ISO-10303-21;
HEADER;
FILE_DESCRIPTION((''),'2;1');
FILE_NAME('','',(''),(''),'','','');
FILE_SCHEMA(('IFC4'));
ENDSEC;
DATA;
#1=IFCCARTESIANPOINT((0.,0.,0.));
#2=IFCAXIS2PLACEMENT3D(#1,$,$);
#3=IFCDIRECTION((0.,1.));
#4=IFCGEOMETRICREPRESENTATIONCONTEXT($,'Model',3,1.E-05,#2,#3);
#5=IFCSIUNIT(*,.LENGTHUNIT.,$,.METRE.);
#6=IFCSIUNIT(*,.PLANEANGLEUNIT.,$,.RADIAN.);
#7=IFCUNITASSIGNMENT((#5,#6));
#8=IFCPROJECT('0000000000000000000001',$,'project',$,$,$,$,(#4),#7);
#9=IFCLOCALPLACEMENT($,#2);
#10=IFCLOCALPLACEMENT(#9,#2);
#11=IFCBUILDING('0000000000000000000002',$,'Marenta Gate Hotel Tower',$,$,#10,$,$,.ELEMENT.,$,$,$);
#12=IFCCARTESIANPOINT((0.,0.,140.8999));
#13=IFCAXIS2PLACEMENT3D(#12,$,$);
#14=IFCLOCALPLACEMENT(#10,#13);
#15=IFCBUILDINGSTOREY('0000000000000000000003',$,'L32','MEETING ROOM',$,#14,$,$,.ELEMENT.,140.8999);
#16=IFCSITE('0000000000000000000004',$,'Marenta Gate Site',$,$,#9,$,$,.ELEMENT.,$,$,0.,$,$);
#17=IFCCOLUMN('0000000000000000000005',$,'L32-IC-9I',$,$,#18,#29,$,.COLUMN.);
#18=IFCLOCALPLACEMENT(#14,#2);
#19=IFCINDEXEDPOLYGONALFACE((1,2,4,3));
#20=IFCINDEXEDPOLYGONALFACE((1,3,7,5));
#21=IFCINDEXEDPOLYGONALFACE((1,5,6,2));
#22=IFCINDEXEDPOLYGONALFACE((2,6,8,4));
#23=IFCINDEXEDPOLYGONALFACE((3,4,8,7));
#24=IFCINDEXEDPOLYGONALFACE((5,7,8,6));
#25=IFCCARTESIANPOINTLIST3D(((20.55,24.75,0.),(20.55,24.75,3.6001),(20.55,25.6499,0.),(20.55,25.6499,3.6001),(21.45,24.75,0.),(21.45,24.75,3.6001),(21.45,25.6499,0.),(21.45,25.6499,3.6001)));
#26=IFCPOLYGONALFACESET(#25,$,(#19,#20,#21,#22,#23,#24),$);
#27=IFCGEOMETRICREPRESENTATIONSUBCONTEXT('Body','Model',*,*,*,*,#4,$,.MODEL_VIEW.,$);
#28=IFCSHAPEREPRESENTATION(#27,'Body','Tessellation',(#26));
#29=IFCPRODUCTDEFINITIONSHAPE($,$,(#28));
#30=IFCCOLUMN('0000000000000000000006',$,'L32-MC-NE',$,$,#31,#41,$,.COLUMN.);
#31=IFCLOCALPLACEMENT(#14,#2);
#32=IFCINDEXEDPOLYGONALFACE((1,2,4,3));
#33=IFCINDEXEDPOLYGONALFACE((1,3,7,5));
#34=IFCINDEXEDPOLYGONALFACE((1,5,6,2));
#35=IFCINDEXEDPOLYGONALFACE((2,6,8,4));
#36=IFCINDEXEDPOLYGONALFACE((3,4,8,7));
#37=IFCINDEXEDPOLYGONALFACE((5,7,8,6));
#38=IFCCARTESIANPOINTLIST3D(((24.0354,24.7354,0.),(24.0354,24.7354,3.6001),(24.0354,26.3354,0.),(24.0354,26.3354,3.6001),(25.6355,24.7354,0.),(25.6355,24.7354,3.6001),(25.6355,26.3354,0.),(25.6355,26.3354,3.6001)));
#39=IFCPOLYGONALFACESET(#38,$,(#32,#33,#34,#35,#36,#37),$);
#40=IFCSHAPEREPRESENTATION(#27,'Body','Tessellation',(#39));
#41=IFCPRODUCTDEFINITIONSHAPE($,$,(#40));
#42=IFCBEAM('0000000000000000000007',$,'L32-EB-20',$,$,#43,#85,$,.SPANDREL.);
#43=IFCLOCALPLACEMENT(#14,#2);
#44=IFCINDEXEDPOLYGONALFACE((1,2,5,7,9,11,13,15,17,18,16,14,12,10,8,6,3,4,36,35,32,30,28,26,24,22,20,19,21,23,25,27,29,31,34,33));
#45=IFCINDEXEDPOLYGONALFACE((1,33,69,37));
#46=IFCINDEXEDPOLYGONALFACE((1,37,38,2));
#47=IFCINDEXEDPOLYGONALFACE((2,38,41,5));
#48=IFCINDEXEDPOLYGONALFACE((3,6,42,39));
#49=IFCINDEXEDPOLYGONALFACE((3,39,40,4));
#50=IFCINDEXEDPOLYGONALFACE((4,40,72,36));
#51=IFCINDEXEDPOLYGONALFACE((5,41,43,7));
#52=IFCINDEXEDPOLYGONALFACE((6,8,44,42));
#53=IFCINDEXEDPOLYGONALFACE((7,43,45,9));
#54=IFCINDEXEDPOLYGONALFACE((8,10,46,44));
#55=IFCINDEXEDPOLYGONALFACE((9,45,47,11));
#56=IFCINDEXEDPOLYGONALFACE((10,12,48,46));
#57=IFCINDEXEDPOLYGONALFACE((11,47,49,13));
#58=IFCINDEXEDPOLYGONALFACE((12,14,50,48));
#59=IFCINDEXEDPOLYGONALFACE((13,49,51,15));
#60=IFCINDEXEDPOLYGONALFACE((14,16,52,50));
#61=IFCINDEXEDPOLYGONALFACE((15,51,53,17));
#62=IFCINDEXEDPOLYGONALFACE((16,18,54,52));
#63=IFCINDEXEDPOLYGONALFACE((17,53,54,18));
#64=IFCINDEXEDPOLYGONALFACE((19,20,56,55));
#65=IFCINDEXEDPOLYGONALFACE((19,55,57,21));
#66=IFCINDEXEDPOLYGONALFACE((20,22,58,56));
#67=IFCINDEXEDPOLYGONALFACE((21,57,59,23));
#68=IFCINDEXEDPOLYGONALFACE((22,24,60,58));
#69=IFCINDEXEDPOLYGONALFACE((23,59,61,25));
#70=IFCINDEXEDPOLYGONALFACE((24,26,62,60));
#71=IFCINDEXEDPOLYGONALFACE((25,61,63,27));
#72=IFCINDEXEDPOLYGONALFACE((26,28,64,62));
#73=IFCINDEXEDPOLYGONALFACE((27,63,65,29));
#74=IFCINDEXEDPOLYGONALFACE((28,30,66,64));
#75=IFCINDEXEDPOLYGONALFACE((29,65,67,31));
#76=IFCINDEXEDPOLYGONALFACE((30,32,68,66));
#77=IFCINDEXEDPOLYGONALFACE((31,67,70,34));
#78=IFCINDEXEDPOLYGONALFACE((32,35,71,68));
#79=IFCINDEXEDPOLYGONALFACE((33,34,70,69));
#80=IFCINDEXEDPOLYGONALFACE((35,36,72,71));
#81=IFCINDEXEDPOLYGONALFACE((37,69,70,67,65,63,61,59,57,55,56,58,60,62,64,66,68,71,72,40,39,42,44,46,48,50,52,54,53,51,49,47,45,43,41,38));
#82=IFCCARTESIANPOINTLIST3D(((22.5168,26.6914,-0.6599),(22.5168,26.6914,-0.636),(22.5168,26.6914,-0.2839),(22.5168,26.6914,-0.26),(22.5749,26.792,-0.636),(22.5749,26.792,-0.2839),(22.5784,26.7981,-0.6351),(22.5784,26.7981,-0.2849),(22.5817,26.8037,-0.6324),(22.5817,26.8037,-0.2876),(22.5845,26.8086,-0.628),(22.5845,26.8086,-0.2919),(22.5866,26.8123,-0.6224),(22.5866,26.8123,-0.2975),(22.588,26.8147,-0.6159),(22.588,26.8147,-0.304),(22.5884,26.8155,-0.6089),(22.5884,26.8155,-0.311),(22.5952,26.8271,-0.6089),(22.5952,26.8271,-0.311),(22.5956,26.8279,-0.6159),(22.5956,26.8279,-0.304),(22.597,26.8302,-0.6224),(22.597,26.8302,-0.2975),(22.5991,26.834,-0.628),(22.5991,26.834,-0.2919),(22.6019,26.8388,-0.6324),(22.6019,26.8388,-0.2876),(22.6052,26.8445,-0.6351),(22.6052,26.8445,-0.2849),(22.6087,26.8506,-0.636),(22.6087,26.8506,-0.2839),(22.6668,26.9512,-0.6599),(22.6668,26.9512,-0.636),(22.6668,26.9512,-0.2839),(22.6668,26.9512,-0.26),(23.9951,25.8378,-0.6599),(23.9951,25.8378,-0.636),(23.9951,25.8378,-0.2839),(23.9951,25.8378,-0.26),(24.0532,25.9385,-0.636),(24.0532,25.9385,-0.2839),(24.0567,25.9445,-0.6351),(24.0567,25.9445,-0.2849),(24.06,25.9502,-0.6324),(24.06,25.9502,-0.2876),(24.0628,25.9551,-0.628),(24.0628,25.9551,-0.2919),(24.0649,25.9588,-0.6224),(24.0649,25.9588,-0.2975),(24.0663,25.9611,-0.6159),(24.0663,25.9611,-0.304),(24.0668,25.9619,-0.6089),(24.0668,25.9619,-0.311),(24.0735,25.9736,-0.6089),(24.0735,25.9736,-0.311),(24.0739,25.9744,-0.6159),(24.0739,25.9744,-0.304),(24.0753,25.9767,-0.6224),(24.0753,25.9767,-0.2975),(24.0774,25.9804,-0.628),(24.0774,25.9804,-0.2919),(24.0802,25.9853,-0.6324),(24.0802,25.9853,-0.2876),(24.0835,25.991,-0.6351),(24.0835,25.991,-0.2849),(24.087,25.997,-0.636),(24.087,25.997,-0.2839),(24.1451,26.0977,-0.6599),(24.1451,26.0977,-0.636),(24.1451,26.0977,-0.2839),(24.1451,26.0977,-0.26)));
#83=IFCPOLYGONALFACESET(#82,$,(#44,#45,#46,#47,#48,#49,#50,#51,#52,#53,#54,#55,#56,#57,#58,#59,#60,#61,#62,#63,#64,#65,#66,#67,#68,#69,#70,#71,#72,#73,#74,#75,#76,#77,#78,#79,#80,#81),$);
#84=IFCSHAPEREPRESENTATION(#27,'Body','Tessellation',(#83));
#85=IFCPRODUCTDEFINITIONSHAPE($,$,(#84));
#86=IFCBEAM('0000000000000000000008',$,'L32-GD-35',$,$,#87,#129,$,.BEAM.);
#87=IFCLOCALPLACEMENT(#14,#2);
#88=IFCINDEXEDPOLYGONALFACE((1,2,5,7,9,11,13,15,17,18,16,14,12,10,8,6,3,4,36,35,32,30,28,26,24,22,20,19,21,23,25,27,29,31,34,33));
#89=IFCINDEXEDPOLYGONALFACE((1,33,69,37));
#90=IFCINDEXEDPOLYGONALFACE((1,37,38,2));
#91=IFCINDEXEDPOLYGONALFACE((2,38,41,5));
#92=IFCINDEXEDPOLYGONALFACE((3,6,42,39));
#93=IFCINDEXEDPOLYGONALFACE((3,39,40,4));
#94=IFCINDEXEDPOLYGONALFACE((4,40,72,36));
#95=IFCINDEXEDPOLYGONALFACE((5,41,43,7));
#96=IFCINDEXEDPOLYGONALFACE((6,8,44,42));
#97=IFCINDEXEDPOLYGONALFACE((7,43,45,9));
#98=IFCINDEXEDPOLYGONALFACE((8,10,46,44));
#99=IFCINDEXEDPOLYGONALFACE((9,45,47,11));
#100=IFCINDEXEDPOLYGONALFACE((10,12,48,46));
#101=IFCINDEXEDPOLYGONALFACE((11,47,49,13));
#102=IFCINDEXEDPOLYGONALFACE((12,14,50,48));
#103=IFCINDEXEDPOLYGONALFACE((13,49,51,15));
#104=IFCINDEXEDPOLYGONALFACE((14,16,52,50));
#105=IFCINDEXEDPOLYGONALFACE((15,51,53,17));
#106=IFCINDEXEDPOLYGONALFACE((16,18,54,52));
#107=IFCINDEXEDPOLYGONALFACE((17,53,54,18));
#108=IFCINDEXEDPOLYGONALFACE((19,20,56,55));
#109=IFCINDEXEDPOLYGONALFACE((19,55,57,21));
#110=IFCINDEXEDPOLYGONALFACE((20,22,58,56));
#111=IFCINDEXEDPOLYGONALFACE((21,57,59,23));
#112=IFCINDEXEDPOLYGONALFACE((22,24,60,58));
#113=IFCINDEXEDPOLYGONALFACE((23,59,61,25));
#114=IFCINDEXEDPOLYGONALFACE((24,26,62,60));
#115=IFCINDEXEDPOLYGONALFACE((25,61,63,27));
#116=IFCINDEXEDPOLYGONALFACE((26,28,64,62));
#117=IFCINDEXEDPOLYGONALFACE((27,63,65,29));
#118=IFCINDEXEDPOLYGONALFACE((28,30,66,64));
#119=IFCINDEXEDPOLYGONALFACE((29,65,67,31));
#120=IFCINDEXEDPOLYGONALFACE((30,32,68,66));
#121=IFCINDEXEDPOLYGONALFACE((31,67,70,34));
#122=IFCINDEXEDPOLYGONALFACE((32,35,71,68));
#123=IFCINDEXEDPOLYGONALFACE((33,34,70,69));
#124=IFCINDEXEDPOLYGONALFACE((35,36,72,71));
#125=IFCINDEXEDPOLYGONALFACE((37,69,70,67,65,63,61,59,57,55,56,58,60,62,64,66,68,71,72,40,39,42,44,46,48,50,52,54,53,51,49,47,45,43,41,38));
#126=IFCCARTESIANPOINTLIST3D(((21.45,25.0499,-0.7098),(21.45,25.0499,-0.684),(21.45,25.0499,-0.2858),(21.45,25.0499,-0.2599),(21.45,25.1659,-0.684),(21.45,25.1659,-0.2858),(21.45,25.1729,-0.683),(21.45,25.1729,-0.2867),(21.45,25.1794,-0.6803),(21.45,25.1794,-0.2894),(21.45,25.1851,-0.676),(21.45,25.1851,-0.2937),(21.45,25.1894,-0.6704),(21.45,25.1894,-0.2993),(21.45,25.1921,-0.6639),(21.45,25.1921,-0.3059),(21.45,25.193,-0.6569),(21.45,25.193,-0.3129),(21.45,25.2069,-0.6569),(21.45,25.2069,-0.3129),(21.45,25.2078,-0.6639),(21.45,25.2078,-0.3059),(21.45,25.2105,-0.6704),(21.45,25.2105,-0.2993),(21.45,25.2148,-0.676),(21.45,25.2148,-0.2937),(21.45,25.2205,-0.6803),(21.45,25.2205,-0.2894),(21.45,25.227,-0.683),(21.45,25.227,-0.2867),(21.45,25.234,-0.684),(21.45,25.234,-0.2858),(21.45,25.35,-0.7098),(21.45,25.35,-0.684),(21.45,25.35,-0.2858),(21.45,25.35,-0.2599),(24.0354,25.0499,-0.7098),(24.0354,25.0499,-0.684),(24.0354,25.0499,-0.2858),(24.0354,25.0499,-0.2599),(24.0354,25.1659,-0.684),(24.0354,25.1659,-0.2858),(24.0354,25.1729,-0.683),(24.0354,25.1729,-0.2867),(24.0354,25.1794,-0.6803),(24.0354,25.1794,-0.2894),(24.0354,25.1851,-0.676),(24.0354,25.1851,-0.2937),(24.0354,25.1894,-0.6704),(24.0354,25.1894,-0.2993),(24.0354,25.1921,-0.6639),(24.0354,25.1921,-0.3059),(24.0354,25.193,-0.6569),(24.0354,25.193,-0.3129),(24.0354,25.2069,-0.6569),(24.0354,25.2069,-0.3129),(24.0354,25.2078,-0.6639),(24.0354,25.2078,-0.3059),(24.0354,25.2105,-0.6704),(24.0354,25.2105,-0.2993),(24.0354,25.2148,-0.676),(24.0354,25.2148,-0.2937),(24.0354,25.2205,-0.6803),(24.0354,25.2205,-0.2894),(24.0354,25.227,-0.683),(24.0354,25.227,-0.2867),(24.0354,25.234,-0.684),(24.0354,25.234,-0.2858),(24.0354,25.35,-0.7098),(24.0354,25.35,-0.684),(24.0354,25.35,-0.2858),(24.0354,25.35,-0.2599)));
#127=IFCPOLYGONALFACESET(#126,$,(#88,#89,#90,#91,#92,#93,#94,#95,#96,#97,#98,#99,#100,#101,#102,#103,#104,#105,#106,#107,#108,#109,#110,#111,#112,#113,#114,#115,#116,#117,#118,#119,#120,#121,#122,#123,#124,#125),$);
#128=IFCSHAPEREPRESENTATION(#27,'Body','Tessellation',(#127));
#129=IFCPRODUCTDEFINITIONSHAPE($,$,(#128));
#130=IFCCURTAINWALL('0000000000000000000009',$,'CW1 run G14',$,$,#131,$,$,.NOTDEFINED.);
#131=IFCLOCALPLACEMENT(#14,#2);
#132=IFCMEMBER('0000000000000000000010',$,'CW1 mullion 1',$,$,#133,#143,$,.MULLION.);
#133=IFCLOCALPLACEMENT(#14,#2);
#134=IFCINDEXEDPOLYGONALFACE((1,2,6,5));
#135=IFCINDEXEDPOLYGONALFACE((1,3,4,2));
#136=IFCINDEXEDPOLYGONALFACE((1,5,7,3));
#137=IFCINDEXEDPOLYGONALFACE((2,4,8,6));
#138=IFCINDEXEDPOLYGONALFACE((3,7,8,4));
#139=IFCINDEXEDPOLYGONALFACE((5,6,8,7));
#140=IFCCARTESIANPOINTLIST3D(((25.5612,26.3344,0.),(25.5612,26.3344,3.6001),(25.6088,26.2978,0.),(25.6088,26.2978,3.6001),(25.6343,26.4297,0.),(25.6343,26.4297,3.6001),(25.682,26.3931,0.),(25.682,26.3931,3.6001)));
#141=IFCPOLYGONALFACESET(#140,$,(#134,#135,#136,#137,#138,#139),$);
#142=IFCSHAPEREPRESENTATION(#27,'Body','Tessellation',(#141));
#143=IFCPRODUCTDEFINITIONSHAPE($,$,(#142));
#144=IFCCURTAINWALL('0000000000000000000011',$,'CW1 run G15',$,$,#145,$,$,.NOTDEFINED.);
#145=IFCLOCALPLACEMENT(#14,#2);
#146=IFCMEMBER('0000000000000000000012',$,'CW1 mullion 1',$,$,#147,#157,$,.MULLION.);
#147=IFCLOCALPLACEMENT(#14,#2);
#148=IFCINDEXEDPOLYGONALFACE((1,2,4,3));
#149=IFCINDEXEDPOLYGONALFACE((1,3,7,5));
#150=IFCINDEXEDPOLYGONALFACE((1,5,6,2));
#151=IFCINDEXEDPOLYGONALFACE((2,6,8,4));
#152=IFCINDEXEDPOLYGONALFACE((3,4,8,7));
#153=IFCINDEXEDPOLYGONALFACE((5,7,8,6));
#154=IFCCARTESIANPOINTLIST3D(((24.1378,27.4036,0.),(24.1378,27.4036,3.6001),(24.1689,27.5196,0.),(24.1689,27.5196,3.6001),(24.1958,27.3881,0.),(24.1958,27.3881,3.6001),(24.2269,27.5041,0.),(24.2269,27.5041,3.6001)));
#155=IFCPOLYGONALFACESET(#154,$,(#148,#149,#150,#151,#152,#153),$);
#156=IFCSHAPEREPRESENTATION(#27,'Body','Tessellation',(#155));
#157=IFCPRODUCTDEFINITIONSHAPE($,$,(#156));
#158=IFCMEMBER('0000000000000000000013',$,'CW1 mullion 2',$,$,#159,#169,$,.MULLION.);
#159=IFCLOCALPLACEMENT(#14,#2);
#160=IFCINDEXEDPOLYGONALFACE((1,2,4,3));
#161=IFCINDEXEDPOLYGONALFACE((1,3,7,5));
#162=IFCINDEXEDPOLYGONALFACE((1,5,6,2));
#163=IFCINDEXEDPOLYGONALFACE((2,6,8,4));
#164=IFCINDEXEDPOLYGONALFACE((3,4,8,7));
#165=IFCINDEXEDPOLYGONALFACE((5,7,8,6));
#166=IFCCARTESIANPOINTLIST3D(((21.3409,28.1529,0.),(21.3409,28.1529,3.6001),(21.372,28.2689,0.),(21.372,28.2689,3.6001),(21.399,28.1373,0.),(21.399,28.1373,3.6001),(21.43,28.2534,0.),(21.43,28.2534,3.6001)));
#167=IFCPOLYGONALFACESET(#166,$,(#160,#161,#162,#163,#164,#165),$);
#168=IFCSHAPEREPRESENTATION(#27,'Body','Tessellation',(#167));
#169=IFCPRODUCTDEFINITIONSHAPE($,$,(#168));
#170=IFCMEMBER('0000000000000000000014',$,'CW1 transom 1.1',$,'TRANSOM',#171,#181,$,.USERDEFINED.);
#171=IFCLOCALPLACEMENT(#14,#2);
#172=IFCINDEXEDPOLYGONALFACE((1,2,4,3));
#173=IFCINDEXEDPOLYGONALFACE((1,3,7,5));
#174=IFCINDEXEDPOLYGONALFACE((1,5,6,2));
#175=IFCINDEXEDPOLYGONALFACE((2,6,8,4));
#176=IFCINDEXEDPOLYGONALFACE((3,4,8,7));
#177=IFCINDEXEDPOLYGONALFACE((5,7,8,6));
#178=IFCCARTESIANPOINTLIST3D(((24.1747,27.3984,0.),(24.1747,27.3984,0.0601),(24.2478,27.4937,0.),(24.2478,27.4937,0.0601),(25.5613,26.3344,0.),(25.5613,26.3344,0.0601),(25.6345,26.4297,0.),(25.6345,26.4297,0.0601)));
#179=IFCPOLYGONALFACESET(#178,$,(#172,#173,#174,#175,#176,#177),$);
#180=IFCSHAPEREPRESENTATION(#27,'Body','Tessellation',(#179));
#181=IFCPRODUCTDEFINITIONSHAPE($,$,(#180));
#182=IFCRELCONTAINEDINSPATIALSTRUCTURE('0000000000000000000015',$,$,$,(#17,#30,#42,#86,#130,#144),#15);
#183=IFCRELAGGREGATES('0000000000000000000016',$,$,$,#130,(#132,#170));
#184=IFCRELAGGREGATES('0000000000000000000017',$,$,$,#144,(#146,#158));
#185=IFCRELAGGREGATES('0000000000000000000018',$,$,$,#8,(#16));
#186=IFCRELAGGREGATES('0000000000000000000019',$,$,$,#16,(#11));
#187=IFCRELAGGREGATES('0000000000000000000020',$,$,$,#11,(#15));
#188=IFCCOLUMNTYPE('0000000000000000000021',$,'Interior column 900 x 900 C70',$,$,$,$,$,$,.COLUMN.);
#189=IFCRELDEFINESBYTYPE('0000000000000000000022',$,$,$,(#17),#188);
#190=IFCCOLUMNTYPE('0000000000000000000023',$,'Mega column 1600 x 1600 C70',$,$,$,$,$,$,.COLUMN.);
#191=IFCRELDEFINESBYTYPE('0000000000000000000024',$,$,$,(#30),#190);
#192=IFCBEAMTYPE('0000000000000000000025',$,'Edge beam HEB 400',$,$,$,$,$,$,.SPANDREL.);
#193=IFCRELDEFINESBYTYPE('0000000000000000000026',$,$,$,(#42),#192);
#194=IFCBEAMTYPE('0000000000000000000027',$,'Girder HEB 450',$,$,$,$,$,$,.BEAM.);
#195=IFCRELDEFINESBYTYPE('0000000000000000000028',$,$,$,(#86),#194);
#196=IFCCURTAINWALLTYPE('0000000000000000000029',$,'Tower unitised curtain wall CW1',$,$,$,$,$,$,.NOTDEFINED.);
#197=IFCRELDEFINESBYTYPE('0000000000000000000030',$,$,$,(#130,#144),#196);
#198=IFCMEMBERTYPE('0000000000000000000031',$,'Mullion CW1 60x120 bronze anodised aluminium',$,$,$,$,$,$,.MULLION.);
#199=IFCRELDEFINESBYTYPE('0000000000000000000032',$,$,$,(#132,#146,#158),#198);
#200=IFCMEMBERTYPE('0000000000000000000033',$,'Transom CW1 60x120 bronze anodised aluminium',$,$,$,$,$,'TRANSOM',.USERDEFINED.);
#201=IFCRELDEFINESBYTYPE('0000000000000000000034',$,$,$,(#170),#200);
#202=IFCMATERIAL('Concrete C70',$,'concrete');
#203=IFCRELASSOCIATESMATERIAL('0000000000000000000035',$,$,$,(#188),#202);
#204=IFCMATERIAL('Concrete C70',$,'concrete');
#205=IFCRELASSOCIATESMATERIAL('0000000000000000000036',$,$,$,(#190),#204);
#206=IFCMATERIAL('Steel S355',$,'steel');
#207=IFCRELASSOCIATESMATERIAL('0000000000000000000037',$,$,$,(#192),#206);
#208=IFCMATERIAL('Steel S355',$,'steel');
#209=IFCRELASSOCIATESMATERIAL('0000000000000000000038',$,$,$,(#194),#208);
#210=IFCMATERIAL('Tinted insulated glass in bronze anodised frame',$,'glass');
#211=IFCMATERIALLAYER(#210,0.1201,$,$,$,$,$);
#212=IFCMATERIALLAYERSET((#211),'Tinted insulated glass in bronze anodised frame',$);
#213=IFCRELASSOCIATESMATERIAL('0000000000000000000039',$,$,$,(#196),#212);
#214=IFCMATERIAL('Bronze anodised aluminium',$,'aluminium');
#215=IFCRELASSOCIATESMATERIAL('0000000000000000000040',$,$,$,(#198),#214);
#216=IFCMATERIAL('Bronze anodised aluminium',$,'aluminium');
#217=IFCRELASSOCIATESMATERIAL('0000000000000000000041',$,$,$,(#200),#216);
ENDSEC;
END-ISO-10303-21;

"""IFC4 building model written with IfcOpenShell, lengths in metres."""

from ifc_helpers import new_model, si_unit, direction, frame, origin, origin_2d, place, context, subcontext, project, spatial, rectangle, i_section, extrude, material, layer, layer_set, material_profile, profile_set, type_object, element, aggregate, save


model = new_model("IFC4")

# Units and contexts
model_context = context("Model", 3, precision=1e-05, world=origin(), true_north=direction((0.0, 1.0)))
body_context = subcontext(model_context, "Body", "Model", "MODEL_VIEW")
ifc_project = project(units=[si_unit("LENGTHUNIT", "METRE"), si_unit("PLANEANGLEUNIT", "RADIAN")], contexts=[model_context])

# Site, building, storey
site_placement = place(None, origin())
site = spatial("IfcSite", under=ifc_project, at=site_placement, Name="Marenta Gate Site", CompositionType="ELEMENT", RefElevation=0.0)
building_placement = place(site_placement, origin())
building = spatial("IfcBuilding", under=site, at=building_placement, Name="Marenta Gate Hotel Tower", CompositionType="ELEMENT")
storey_placement = place(building_placement, frame((0.0, 0.0, 140.8999)))
storey = spatial("IfcBuildingStorey", under=building, at=storey_placement, Name="L32", Description="MEETING ROOM", CompositionType="ELEMENT", Elevation=140.8999)

# Columns
ifc_material_1 = material(Name="Concrete C70", Category="concrete")
ifc_material_profile_1 = material_profile(ifc_material_1, rectangle(XDim=0.8999, YDim=0.8999, at=origin_2d()), Name="900 x 900")
ifc_profile_set_1 = profile_set([ifc_material_profile_1], Name="Concrete C70")
column_type_1 = type_object("IfcColumnType", Name="Interior column 900 x 900 C70", PredefinedType="COLUMN", material=ifc_profile_set_1)
column_1_placement = place(storey_placement, frame((21.0, 25.2, 0.0), z_axis=(0.0, 0.0, 1.0), x_axis=(1.0, 0.0, 0.0)))
element("IfcColumn", 1, at=column_1_placement, inside=storey, type_object=column_type_1, Name="L32-IC-9I", PredefinedType="COLUMN", context=body_context, shape_type="SweptSolid", body=[
    extrude(rectangle(XDim=0.8999, YDim=0.8999, at=origin_2d()), origin(), (0.0, 0.0, 1.0), 3.6001),
])
ifc_material_2 = material(Name="Concrete C70", Category="concrete")
ifc_material_profile_2 = material_profile(ifc_material_2, rectangle(XDim=1.6001, YDim=1.6001, at=origin_2d()), Name="1600 x 1600")
ifc_profile_set_2 = profile_set([ifc_material_profile_2], Name="Concrete C70")
column_type_2 = type_object("IfcColumnType", Name="Mega column 1600 x 1600 C70", PredefinedType="COLUMN", material=ifc_profile_set_2)
column_2_placement = place(storey_placement, frame((24.8354, 25.5354, 0.0), z_axis=(0.0, 0.0, 1.0), x_axis=(1.0, 0.0, 0.0)))
element("IfcColumn", 2, at=column_2_placement, inside=storey, type_object=column_type_2, Name="L32-MC-NE", PredefinedType="COLUMN", context=body_context, shape_type="SweptSolid", body=[
    extrude(rectangle(XDim=1.6001, YDim=1.6001, at=origin_2d()), origin(), (0.0, 0.0, 1.0), 3.6001),
])

# Beams
ifc_material_3 = material(Name="Steel S355", Category="steel")
ifc_material_profile_3 = material_profile(ifc_material_3, i_section(OverallWidth=0.3, OverallDepth=0.3999, WebThickness=0.0134, FlangeThickness=0.0239, FilletRadius=0.0271, at=origin_2d()), Name="HEB 400")
ifc_profile_set_3 = profile_set([ifc_material_profile_3], Name="Steel S355")
beam_type_1 = type_object("IfcBeamType", Name="Edge beam HEB 400", PredefinedType="SPANDREL", material=ifc_profile_set_3)
beam_1_placement = place(storey_placement, frame((22.5918, 26.8213, -0.46), z_axis=(0.866016, -0.500015, 0.0), x_axis=(0.500015, 0.866016, 0.0)))
element("IfcBeam", 3, at=beam_1_placement, inside=storey, type_object=beam_type_1, Name="L32-EB-20", PredefinedType="SPANDREL", context=body_context, shape_type="SweptSolid", body=[
    extrude(i_section(OverallWidth=0.3, OverallDepth=0.3999, WebThickness=0.0134, FlangeThickness=0.0239, FilletRadius=0.0271, at=origin_2d()), origin(), (0.0, 0.0, 1.0), 1.707),
])
ifc_material_4 = material(Name="Steel S355", Category="steel")
ifc_material_profile_4 = material_profile(ifc_material_4, i_section(OverallWidth=0.3, OverallDepth=0.45, WebThickness=0.0139, FlangeThickness=0.0259, FilletRadius=0.0271, at=origin_2d()), Name="HEB 450")
ifc_profile_set_4 = profile_set([ifc_material_profile_4], Name="Steel S355")
beam_type_2 = type_object("IfcBeamType", Name="Girder HEB 450", PredefinedType="BEAM", material=ifc_profile_set_4)
beam_2_placement = place(storey_placement, frame((21.45, 25.2, -0.4849), z_axis=(1.0, 0.0, 0.0), x_axis=(0.0, 1.0, 0.0)))
element("IfcBeam", 4, at=beam_2_placement, inside=storey, type_object=beam_type_2, Name="L32-GD-35", PredefinedType="BEAM", context=body_context, shape_type="SweptSolid", body=[
    extrude(i_section(OverallWidth=0.3, OverallDepth=0.45, WebThickness=0.0139, FlangeThickness=0.0259, FilletRadius=0.0271, at=origin_2d()), origin(), (0.0, 0.0, 1.0), 2.5854),
])

# Curtain wall, member
ifc_material_5 = material(Name="Tinted insulated glass in bronze anodised frame", Category="glass")
ifc_layer_1 = layer(ifc_material_5, 0.1201)
ifc_layer_set_1 = layer_set([ifc_layer_1], Name="Tinted insulated glass in bronze anodised frame")
curtain_wall_type = type_object("IfcCurtainWallType", Name="Tower unitised curtain wall CW1", PredefinedType="NOTDEFINED", material=ifc_layer_set_1)
curtain_wall_1_placement = place(storey_placement, origin())
curtain_wall_1 = element("IfcCurtainWall", 5, at=curtain_wall_1_placement, inside=storey, type_object=curtain_wall_type, Name="CW1 run G14", PredefinedType="NOTDEFINED")
ifc_material_6 = material(Name="Bronze anodised aluminium", Category="aluminium")
ifc_material_profile_5 = material_profile(ifc_material_6, rectangle(XDim=0.1201, YDim=0.0601, at=origin_2d()), Name="Mullion CW1 60x120 bronze anodised aluminium")
ifc_profile_set_5 = profile_set([ifc_material_profile_5], Name="Bronze anodised aluminium")
member_type_1 = type_object("IfcMemberType", Name="Mullion CW1 60x120 bronze anodised aluminium", PredefinedType="MULLION", material=ifc_profile_set_5)
member_1_placement = place(storey_placement, frame((25.6216, 26.3638, 0.0), z_axis=(0.0, 0.0, 1.0), x_axis=(-0.608796, -0.793327, 0.0)))
member_1 = element("IfcMember", 6, at=member_1_placement, type_object=member_type_1, Name="CW1 mullion 1", PredefinedType="MULLION", context=body_context, shape_type="SweptSolid", body=[
    extrude(rectangle(XDim=0.1201, YDim=0.0601, at=origin_2d()), origin(), (0.0, 0.0, 1.0), 3.6001),
])

# Curtain wall, members
curtain_wall_2_placement = place(storey_placement, origin())
curtain_wall_2 = element("IfcCurtainWall", 7, at=curtain_wall_2_placement, inside=storey, type_object=curtain_wall_type, Name="CW1 run G15", PredefinedType="NOTDEFINED")
member_2_placement = place(storey_placement, frame((24.1824, 27.4539, 0.0), z_axis=(0.0, 0.0, 1.0), x_axis=(-0.258806, -0.965929, 0.0)))
member_2 = element("IfcMember", 8, at=member_2_placement, type_object=member_type_1, Name="CW1 mullion 1", PredefinedType="MULLION", context=body_context, shape_type="SweptSolid", body=[
    extrude(rectangle(XDim=0.1201, YDim=0.0601, at=origin_2d()), origin(), (0.0, 0.0, 1.0), 3.6001),
])
member_3_placement = place(storey_placement, frame((21.3855, 28.2031, 0.0), z_axis=(0.0, 0.0, 1.0), x_axis=(-0.258806, -0.965929, 0.0)))
member_3 = element("IfcMember", 9, at=member_3_placement, type_object=member_type_1, Name="CW1 mullion 2", PredefinedType="MULLION", context=body_context, shape_type="SweptSolid", body=[
    extrude(rectangle(XDim=0.1201, YDim=0.0601, at=origin_2d()), origin(), (0.0, 0.0, 1.0), 3.6001),
])

# Member
ifc_material_7 = material(Name="Bronze anodised aluminium", Category="aluminium")
ifc_material_profile_6 = material_profile(ifc_material_7, rectangle(XDim=0.1201, YDim=0.0601, at=origin_2d()), Name="Transom CW1 60x120 bronze anodised aluminium")
ifc_profile_set_6 = profile_set([ifc_material_profile_6], Name="Bronze anodised aluminium")
member_type_2 = type_object("IfcMemberType", Name="Transom CW1 60x120 bronze anodised aluminium", ElementType="TRANSOM", PredefinedType="USERDEFINED", material=ifc_profile_set_6)
member_4_placement = place(storey_placement, frame((25.5979, 26.3821, 0.03), z_axis=(-0.793381, 0.608725, 0.0), x_axis=(-0.608725, -0.793381, 0.0)))
member_4 = element("IfcMember", 10, at=member_4_placement, type_object=member_type_2, Name="CW1 transom 1.1", ObjectType="TRANSOM", PredefinedType="USERDEFINED", context=body_context, shape_type="SweptSolid", body=[
    extrude(rectangle(XDim=0.1201, YDim=0.0601, at=origin_2d()), origin(), (0.0, 0.0, 1.0), 1.7478),
])

aggregate(curtain_wall_1, [member_1, member_4])
aggregate(curtain_wall_2, [member_2, member_3])

save(model, "model.ifc")
